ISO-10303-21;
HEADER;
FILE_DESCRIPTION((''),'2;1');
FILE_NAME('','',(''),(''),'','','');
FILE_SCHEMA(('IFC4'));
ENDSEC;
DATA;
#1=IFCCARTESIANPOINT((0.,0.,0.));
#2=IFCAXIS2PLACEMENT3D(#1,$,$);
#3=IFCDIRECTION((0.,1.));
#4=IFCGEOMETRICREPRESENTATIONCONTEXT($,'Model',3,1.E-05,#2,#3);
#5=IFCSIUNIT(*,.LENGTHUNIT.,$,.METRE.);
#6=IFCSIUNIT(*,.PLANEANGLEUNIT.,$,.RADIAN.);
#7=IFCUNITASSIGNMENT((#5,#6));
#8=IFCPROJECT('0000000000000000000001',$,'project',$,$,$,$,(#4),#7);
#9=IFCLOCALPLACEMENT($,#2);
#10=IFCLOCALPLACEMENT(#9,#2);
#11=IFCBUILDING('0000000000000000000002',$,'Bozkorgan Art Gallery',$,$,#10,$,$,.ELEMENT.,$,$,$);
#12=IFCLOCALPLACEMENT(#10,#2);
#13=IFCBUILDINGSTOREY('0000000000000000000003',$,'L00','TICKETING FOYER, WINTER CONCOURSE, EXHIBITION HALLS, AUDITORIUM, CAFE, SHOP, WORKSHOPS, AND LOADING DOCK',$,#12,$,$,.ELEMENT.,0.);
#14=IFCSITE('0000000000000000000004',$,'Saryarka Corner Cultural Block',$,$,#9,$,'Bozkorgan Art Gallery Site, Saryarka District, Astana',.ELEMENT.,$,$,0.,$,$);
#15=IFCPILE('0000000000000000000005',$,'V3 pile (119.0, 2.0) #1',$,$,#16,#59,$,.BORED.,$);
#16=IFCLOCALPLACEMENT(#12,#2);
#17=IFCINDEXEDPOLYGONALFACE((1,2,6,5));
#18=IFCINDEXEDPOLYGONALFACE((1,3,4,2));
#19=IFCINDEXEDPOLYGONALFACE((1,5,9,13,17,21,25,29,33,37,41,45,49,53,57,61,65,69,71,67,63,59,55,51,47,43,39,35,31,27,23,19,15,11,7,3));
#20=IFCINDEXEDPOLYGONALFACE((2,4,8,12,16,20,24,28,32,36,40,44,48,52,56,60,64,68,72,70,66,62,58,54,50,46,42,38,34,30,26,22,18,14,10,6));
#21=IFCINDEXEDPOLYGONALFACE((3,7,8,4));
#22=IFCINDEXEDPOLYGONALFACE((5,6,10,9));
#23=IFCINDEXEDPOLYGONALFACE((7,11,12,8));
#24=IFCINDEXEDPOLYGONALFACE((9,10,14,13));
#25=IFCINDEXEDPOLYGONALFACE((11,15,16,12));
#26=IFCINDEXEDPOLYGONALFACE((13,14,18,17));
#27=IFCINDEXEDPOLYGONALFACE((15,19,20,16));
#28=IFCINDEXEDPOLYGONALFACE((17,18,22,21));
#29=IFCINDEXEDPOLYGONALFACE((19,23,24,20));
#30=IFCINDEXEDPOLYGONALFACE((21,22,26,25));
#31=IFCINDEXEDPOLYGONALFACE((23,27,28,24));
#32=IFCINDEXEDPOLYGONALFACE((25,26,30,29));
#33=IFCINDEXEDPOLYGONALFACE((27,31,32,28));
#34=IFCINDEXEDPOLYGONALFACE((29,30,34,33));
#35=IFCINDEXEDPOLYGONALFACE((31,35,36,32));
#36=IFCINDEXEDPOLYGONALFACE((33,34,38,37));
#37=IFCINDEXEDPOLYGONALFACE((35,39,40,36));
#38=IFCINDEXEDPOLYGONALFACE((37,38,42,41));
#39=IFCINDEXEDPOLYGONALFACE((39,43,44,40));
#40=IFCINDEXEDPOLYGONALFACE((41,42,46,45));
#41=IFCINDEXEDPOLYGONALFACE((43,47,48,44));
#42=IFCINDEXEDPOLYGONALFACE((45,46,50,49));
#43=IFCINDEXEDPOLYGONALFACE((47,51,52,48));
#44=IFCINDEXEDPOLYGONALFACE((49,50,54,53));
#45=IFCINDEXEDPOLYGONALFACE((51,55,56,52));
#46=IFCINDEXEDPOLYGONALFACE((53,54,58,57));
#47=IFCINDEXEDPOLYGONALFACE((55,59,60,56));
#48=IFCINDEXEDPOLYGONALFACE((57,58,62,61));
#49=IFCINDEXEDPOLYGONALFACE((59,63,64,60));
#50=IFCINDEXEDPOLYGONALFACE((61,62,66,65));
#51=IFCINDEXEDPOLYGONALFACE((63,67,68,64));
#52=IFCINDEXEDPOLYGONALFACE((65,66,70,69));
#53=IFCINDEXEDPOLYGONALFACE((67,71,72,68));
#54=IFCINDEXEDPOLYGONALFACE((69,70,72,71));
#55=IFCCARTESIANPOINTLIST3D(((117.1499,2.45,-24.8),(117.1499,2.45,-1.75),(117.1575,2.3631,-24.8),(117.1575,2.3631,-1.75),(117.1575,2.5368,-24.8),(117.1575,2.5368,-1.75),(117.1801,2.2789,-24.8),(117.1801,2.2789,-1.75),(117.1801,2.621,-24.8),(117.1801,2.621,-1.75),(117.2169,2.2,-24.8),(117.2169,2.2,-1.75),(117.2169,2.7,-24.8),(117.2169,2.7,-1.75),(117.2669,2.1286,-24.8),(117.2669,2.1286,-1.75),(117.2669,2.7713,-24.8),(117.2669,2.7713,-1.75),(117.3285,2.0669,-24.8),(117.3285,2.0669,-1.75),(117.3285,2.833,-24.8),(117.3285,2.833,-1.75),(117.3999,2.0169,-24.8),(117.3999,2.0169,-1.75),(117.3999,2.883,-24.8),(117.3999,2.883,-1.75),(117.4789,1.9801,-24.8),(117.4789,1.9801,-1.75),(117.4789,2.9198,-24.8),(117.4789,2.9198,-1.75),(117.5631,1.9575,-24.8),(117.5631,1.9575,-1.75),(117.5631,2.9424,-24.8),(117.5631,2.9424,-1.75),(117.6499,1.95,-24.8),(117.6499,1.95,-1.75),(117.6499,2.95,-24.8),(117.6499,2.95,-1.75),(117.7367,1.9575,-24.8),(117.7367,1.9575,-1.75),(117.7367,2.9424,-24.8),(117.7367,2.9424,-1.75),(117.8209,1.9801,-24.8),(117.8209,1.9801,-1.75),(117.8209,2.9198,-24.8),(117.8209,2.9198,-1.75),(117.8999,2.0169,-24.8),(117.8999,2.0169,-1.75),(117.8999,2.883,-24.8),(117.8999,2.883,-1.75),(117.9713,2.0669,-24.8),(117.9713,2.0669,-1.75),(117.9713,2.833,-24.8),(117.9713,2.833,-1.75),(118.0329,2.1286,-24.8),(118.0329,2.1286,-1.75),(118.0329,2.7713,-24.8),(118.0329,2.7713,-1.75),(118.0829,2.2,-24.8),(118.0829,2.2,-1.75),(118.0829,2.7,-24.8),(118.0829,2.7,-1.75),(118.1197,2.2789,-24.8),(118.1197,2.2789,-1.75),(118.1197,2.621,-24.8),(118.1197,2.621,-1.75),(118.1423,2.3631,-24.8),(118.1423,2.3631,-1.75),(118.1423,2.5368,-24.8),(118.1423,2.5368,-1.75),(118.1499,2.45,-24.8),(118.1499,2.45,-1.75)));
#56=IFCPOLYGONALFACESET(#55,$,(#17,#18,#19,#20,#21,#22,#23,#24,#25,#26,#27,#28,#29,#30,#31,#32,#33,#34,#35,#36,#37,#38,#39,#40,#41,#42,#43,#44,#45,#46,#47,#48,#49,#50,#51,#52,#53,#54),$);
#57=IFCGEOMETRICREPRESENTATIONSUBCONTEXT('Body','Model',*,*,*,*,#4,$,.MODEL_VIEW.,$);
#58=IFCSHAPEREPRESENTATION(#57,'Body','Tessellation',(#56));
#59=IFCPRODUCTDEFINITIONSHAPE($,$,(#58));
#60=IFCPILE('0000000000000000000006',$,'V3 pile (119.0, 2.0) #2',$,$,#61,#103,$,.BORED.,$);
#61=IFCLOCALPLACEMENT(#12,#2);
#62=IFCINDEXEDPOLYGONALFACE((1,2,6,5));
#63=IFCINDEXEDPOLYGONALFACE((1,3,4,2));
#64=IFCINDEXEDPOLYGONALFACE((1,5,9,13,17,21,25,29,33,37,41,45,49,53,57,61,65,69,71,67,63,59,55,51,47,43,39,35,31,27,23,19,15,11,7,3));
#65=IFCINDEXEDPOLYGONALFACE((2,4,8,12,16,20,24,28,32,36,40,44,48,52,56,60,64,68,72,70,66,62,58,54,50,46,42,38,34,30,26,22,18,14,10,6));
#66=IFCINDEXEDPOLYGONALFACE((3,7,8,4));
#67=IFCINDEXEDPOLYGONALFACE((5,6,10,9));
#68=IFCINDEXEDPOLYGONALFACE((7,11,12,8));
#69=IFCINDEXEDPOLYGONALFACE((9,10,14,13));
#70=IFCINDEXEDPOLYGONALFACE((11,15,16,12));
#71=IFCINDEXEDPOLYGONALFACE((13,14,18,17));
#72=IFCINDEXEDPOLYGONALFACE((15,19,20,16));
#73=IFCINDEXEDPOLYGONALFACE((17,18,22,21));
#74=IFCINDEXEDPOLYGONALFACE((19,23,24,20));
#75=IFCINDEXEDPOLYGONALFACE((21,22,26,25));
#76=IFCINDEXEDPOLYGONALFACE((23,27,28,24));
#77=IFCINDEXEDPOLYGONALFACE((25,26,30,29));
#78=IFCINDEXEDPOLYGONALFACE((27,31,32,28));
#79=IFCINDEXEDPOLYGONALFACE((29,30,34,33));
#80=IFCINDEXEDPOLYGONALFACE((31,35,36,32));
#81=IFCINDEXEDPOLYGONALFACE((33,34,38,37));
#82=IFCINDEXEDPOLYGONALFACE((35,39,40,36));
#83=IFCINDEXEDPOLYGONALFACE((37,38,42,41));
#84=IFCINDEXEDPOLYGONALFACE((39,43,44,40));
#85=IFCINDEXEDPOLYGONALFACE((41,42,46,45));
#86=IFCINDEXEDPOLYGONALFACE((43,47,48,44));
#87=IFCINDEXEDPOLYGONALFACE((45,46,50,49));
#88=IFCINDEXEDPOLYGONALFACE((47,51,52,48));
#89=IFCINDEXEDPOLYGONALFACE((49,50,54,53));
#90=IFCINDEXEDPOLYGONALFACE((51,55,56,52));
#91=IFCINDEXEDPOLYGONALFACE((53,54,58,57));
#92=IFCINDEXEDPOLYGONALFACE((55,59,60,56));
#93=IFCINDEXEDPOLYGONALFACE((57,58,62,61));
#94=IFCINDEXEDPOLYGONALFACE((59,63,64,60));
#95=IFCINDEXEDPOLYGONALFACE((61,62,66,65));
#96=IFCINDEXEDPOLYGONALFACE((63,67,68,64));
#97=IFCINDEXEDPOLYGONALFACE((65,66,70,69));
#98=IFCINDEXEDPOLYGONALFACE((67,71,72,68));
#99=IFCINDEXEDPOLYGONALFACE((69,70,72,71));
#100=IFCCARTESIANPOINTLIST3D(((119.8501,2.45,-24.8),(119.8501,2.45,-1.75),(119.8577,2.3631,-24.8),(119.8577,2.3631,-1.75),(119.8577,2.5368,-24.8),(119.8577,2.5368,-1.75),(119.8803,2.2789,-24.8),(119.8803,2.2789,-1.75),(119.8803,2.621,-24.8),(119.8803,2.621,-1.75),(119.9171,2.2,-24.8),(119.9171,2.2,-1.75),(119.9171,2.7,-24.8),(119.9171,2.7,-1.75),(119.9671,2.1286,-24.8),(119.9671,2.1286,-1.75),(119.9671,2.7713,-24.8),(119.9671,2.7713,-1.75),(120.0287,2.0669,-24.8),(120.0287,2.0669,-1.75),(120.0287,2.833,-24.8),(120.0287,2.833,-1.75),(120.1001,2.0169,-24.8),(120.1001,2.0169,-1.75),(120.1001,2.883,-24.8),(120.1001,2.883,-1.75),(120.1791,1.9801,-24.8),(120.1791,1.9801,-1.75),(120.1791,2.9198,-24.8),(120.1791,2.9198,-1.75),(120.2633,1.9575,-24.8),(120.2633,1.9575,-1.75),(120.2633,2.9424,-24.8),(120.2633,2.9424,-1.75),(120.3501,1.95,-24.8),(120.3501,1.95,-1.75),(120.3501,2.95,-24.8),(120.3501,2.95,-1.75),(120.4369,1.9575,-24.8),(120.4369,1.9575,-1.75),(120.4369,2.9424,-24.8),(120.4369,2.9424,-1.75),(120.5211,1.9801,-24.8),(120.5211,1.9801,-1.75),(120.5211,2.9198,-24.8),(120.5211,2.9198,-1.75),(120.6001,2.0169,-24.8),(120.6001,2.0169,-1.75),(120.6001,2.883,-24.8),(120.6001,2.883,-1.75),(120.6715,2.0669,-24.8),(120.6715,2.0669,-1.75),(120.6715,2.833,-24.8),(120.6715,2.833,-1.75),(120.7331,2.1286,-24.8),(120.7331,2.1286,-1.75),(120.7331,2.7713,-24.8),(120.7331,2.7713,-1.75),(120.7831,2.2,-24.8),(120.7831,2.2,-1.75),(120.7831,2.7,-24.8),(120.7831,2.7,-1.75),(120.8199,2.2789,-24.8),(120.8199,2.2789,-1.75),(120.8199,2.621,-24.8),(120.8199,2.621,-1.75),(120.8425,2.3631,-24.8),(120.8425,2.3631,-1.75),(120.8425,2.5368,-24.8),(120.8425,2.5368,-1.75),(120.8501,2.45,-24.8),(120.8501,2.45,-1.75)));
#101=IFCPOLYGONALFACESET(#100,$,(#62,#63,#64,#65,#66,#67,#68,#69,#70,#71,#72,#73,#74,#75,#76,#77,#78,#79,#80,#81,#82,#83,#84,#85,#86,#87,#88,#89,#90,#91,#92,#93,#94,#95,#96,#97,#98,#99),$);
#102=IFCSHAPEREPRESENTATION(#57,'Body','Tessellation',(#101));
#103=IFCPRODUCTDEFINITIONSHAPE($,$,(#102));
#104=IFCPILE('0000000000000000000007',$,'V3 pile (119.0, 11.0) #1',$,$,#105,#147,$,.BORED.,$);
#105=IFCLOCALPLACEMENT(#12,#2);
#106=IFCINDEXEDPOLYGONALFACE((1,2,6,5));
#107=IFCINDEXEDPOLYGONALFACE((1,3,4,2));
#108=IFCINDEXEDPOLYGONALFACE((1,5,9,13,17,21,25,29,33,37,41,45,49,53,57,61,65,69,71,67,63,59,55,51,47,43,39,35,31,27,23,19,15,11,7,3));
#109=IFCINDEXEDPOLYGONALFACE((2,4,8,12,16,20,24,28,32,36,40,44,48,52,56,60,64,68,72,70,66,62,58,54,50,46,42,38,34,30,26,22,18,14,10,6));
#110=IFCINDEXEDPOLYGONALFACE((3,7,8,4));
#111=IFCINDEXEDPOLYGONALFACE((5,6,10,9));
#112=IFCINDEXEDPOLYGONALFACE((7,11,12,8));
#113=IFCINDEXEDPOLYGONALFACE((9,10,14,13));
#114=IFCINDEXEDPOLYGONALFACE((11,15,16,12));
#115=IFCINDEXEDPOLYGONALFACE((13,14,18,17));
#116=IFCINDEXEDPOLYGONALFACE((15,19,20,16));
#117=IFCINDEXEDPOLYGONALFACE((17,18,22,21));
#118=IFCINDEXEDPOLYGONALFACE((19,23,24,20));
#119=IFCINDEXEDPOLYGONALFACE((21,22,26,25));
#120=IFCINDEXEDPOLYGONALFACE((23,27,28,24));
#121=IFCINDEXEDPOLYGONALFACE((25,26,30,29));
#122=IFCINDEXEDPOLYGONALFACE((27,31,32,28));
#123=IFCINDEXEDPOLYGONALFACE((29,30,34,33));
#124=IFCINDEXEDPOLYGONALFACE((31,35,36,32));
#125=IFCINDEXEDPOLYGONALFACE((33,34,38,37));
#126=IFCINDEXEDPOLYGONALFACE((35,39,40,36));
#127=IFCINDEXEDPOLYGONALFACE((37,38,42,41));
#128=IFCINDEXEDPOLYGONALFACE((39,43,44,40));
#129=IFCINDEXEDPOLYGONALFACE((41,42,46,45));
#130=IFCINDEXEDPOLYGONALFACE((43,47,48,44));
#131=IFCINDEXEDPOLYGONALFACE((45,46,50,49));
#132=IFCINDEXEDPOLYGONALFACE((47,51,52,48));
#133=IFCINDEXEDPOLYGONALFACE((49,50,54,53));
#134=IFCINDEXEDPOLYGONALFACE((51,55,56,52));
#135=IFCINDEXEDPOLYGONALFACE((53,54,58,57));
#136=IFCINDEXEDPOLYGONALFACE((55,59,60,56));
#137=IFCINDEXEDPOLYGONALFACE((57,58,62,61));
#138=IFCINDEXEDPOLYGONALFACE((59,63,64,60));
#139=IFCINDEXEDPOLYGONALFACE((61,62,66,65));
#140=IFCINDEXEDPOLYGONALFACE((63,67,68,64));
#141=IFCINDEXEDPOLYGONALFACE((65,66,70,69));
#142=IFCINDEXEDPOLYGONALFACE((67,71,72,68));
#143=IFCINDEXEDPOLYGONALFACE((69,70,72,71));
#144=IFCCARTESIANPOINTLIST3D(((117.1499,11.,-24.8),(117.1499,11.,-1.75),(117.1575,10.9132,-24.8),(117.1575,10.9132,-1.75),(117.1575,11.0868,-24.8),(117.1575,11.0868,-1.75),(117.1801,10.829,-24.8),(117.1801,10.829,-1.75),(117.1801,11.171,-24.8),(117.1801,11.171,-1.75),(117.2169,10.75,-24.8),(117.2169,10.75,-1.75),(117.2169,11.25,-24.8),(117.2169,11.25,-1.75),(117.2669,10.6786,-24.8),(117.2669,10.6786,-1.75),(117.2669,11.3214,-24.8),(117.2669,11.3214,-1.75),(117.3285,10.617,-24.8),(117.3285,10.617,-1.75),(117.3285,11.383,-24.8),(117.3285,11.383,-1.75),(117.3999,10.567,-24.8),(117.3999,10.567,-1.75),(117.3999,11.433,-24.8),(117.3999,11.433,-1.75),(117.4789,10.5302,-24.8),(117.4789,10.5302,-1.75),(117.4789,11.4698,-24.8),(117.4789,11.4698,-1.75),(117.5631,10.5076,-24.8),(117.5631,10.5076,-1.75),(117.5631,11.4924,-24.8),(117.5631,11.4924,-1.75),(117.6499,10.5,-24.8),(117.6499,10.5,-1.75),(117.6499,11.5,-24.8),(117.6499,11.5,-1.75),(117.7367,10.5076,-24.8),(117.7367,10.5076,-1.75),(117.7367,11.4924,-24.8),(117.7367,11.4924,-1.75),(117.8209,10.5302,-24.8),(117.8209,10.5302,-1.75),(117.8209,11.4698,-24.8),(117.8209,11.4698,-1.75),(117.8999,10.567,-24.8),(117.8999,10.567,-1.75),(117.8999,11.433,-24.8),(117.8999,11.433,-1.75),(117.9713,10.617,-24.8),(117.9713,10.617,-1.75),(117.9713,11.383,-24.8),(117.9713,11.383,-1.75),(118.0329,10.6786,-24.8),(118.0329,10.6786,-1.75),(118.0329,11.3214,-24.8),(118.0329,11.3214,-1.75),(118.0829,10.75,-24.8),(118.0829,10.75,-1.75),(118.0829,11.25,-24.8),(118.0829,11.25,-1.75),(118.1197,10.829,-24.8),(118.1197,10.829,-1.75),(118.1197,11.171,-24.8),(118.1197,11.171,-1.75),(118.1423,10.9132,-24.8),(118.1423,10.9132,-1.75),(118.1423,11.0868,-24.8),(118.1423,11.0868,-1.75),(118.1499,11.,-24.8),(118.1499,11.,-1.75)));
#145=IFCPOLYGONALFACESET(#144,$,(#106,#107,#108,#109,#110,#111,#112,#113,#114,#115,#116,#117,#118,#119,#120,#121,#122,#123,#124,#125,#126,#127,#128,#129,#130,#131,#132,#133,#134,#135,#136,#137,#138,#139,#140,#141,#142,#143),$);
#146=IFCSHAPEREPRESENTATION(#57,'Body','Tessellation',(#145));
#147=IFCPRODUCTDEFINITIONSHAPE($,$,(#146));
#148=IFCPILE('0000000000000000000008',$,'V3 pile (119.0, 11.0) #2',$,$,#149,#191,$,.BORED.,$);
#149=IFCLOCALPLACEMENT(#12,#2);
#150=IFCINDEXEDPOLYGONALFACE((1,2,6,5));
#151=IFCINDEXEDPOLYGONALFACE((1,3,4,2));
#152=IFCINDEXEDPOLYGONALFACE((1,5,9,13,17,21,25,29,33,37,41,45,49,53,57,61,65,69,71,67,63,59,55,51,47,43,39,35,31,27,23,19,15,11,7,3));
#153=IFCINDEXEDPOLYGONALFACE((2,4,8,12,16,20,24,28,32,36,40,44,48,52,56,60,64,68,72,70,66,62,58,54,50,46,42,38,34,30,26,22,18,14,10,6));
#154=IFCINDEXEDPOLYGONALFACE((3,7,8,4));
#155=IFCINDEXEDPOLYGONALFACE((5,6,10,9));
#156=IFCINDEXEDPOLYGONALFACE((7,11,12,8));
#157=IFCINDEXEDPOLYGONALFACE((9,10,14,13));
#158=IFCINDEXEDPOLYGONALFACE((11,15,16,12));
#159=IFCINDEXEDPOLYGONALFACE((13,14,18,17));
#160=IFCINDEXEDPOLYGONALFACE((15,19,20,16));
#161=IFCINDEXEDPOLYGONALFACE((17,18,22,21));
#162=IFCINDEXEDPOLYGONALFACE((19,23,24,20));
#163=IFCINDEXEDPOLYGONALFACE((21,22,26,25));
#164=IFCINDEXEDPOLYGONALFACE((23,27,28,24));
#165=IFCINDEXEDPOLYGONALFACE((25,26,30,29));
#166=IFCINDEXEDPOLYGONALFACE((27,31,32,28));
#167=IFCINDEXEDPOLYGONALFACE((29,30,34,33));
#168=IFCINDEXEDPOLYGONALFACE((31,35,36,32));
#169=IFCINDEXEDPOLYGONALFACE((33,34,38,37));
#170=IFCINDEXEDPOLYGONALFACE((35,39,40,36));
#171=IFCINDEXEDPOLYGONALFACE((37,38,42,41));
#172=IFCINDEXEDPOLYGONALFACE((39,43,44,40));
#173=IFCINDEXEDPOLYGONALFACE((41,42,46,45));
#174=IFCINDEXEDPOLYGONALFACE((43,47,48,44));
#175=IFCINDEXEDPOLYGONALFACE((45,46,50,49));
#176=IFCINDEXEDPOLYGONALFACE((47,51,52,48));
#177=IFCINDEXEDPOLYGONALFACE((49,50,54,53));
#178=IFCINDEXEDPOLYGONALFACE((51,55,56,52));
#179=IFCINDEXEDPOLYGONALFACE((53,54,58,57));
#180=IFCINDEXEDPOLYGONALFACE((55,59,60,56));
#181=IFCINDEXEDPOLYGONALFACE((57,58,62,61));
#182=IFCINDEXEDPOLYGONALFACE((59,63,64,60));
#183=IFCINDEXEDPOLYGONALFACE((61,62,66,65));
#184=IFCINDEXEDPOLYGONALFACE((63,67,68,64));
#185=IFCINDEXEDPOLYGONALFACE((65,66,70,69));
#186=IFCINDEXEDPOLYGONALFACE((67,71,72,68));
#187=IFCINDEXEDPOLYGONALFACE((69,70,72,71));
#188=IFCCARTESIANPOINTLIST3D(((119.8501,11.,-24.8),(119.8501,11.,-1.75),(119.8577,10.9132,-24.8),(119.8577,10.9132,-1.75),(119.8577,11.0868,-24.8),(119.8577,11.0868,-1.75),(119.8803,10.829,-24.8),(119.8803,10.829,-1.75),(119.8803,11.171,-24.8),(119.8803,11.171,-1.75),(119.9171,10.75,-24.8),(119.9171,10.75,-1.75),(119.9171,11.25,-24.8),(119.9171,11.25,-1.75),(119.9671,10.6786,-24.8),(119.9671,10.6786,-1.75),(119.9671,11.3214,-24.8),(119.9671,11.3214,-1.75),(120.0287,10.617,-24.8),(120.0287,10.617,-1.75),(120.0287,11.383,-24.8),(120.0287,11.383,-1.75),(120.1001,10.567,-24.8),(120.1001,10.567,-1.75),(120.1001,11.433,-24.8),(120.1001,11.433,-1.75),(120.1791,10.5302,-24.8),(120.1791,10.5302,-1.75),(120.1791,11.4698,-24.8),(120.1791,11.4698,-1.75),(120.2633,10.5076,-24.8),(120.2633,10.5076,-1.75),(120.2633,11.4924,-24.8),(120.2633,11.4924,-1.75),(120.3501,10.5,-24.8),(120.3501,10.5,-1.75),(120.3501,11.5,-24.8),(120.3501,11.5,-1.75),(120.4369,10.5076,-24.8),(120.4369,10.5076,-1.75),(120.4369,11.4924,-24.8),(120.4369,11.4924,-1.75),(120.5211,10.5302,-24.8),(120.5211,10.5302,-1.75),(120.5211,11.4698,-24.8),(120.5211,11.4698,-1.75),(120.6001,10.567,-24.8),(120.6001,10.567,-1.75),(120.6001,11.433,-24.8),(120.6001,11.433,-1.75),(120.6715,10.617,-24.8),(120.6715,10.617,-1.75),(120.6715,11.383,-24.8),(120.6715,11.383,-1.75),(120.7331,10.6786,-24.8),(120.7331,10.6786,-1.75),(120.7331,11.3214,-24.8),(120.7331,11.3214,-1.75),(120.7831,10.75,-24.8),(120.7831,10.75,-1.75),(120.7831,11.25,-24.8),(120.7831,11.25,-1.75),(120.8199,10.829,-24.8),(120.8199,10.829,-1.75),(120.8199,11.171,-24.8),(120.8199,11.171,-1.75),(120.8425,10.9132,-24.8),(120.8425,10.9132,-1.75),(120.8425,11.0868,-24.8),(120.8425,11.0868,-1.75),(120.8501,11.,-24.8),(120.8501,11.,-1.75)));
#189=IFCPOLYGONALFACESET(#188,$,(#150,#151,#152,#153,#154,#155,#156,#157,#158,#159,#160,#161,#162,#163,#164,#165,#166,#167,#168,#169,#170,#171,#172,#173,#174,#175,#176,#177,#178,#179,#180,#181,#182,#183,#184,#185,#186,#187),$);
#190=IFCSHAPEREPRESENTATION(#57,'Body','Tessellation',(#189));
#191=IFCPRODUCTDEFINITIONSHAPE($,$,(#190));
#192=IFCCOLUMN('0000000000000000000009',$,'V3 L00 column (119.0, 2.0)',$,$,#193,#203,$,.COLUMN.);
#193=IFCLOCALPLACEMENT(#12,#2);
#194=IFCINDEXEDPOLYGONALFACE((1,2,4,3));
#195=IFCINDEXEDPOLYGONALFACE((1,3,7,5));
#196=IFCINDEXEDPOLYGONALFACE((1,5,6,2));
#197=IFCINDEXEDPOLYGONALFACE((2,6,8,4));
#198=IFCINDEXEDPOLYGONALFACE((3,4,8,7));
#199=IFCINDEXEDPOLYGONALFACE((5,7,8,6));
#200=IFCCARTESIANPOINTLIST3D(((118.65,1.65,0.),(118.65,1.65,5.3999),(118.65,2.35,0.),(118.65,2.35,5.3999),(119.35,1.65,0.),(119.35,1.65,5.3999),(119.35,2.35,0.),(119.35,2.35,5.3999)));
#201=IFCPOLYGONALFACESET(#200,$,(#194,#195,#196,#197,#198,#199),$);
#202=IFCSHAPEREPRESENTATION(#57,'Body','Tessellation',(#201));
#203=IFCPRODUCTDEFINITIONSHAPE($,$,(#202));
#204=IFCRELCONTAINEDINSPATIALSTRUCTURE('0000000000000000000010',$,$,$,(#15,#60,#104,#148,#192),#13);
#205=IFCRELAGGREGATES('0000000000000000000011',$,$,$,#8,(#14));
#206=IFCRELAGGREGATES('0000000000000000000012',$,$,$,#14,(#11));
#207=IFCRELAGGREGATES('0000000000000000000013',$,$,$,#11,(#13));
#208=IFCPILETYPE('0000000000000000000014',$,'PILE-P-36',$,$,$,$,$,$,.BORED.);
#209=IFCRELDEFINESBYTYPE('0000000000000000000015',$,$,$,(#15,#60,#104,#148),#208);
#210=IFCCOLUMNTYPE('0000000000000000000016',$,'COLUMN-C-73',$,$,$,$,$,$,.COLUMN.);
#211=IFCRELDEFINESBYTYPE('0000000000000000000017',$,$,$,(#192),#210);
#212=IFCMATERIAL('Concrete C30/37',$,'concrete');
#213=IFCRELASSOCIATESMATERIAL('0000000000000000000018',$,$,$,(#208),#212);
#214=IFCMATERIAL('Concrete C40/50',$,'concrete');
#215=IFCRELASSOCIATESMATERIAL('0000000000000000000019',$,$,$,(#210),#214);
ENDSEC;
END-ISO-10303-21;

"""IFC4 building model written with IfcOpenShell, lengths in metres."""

from ifc_helpers import new_model, si_unit, direction, frame, origin, origin_2d, place, context, subcontext, project, spatial, rectangle, circle, extrude, material, material_profile, profile_set, type_object, element, save


model = new_model("IFC4")

# Units and contexts
model_context = context("Model", 3, precision=1e-05, world=origin(), true_north=direction((0.0, 1.0)))
body_context = subcontext(model_context, "Body", "Model", "MODEL_VIEW")
ifc_project = project(units=[si_unit("LENGTHUNIT", "METRE"), si_unit("PLANEANGLEUNIT", "RADIAN")], contexts=[model_context])

# Site, building, storey
site_placement = place(None, origin())
site = spatial("IfcSite", under=ifc_project, at=site_placement, Name="Saryarka Corner Cultural Block", LongName="Bozkorgan Art Gallery Site, Saryarka District, Astana", CompositionType="ELEMENT", RefElevation=0.0)
building_placement = place(site_placement, origin())
building = spatial("IfcBuilding", under=site, at=building_placement, Name="Bozkorgan Art Gallery", CompositionType="ELEMENT")
storey_placement = place(building_placement, origin())
storey = spatial("IfcBuildingStorey", under=building, at=storey_placement, Name="L00", Description="TICKETING FOYER, WINTER CONCOURSE, EXHIBITION HALLS, AUDITORIUM, CAFE, SHOP, WORKSHOPS, AND LOADING DOCK", CompositionType="ELEMENT", Elevation=0.0)

# Shared definitions
ifc_material_1 = material(Name="Concrete C30/37", Category="concrete")

# Piles
ifc_material_profile_1 = material_profile(ifc_material_1, circle(Radius=0.5, at=origin_2d()), Name="PILE D1000")
ifc_profile_set_1 = profile_set([ifc_material_profile_1], Name="Concrete C30/37")
pile_type = type_object("IfcPileType", Name="PILE-P-36", PredefinedType="BORED", material=ifc_profile_set_1)
for number, where, z_axis, x_axis, name in (
    (1, (117.6499, 2.45, -1.75), (0.0, 0.0, -1.0), (1.0, 0.0, 0.0), "V3 pile (119.0, 2.0) #1"),
    (2, (120.3501, 2.45, -1.75), (0.0, 0.0, -1.0), (1.0, 0.0, 0.0), "V3 pile (119.0, 2.0) #2"),
    (3, (117.6499, 11.0, -1.75), (0.0, 0.0, -1.0), (1.0, 0.0, 0.0), "V3 pile (119.0, 11.0) #1"),
    (4, (120.3501, 11.0, -1.75), (0.0, 0.0, -1.0), (1.0, 0.0, 0.0), "V3 pile (119.0, 11.0) #2"),
):
    element("IfcPile", number, at=place(storey_placement, frame(where, z_axis=z_axis, x_axis=x_axis)), inside=storey, type_object=pile_type, Name=name, PredefinedType="BORED", context=body_context, shape_type="SweptSolid", body=[
        extrude(circle(Radius=0.5, at=origin_2d()), origin(), (0.0, 0.0, 1.0), 23.05),
    ])

# Column
ifc_material_2 = material(Name="Concrete C40/50", Category="concrete")
ifc_material_profile_2 = material_profile(ifc_material_2, rectangle(XDim=0.7, YDim=0.7, at=origin_2d()), Name="RC 700x700")
ifc_profile_set_2 = profile_set([ifc_material_profile_2], Name="Concrete C40/50")
column_type_1 = type_object("IfcColumnType", Name="COLUMN-C-73", PredefinedType="COLUMN", material=ifc_profile_set_2)
for number, where, z_axis, x_axis, name in (
    (5, (119.0, 2.0, 0.0), (0.0, 0.0, 1.0), (1.0, 0.0, 0.0), "V3 L00 column (119.0, 2.0)"),
):
    element("IfcColumn", number, at=place(storey_placement, frame(where, z_axis=z_axis, x_axis=x_axis)), inside=storey, type_object=column_type_1, Name=name, PredefinedType="COLUMN", context=body_context, shape_type="SweptSolid", body=[
        extrude(rectangle(XDim=0.7, YDim=0.7, at=origin_2d()), origin(), (0.0, 0.0, 1.0), 5.3999),
    ])

save(model, "model.ifc")
